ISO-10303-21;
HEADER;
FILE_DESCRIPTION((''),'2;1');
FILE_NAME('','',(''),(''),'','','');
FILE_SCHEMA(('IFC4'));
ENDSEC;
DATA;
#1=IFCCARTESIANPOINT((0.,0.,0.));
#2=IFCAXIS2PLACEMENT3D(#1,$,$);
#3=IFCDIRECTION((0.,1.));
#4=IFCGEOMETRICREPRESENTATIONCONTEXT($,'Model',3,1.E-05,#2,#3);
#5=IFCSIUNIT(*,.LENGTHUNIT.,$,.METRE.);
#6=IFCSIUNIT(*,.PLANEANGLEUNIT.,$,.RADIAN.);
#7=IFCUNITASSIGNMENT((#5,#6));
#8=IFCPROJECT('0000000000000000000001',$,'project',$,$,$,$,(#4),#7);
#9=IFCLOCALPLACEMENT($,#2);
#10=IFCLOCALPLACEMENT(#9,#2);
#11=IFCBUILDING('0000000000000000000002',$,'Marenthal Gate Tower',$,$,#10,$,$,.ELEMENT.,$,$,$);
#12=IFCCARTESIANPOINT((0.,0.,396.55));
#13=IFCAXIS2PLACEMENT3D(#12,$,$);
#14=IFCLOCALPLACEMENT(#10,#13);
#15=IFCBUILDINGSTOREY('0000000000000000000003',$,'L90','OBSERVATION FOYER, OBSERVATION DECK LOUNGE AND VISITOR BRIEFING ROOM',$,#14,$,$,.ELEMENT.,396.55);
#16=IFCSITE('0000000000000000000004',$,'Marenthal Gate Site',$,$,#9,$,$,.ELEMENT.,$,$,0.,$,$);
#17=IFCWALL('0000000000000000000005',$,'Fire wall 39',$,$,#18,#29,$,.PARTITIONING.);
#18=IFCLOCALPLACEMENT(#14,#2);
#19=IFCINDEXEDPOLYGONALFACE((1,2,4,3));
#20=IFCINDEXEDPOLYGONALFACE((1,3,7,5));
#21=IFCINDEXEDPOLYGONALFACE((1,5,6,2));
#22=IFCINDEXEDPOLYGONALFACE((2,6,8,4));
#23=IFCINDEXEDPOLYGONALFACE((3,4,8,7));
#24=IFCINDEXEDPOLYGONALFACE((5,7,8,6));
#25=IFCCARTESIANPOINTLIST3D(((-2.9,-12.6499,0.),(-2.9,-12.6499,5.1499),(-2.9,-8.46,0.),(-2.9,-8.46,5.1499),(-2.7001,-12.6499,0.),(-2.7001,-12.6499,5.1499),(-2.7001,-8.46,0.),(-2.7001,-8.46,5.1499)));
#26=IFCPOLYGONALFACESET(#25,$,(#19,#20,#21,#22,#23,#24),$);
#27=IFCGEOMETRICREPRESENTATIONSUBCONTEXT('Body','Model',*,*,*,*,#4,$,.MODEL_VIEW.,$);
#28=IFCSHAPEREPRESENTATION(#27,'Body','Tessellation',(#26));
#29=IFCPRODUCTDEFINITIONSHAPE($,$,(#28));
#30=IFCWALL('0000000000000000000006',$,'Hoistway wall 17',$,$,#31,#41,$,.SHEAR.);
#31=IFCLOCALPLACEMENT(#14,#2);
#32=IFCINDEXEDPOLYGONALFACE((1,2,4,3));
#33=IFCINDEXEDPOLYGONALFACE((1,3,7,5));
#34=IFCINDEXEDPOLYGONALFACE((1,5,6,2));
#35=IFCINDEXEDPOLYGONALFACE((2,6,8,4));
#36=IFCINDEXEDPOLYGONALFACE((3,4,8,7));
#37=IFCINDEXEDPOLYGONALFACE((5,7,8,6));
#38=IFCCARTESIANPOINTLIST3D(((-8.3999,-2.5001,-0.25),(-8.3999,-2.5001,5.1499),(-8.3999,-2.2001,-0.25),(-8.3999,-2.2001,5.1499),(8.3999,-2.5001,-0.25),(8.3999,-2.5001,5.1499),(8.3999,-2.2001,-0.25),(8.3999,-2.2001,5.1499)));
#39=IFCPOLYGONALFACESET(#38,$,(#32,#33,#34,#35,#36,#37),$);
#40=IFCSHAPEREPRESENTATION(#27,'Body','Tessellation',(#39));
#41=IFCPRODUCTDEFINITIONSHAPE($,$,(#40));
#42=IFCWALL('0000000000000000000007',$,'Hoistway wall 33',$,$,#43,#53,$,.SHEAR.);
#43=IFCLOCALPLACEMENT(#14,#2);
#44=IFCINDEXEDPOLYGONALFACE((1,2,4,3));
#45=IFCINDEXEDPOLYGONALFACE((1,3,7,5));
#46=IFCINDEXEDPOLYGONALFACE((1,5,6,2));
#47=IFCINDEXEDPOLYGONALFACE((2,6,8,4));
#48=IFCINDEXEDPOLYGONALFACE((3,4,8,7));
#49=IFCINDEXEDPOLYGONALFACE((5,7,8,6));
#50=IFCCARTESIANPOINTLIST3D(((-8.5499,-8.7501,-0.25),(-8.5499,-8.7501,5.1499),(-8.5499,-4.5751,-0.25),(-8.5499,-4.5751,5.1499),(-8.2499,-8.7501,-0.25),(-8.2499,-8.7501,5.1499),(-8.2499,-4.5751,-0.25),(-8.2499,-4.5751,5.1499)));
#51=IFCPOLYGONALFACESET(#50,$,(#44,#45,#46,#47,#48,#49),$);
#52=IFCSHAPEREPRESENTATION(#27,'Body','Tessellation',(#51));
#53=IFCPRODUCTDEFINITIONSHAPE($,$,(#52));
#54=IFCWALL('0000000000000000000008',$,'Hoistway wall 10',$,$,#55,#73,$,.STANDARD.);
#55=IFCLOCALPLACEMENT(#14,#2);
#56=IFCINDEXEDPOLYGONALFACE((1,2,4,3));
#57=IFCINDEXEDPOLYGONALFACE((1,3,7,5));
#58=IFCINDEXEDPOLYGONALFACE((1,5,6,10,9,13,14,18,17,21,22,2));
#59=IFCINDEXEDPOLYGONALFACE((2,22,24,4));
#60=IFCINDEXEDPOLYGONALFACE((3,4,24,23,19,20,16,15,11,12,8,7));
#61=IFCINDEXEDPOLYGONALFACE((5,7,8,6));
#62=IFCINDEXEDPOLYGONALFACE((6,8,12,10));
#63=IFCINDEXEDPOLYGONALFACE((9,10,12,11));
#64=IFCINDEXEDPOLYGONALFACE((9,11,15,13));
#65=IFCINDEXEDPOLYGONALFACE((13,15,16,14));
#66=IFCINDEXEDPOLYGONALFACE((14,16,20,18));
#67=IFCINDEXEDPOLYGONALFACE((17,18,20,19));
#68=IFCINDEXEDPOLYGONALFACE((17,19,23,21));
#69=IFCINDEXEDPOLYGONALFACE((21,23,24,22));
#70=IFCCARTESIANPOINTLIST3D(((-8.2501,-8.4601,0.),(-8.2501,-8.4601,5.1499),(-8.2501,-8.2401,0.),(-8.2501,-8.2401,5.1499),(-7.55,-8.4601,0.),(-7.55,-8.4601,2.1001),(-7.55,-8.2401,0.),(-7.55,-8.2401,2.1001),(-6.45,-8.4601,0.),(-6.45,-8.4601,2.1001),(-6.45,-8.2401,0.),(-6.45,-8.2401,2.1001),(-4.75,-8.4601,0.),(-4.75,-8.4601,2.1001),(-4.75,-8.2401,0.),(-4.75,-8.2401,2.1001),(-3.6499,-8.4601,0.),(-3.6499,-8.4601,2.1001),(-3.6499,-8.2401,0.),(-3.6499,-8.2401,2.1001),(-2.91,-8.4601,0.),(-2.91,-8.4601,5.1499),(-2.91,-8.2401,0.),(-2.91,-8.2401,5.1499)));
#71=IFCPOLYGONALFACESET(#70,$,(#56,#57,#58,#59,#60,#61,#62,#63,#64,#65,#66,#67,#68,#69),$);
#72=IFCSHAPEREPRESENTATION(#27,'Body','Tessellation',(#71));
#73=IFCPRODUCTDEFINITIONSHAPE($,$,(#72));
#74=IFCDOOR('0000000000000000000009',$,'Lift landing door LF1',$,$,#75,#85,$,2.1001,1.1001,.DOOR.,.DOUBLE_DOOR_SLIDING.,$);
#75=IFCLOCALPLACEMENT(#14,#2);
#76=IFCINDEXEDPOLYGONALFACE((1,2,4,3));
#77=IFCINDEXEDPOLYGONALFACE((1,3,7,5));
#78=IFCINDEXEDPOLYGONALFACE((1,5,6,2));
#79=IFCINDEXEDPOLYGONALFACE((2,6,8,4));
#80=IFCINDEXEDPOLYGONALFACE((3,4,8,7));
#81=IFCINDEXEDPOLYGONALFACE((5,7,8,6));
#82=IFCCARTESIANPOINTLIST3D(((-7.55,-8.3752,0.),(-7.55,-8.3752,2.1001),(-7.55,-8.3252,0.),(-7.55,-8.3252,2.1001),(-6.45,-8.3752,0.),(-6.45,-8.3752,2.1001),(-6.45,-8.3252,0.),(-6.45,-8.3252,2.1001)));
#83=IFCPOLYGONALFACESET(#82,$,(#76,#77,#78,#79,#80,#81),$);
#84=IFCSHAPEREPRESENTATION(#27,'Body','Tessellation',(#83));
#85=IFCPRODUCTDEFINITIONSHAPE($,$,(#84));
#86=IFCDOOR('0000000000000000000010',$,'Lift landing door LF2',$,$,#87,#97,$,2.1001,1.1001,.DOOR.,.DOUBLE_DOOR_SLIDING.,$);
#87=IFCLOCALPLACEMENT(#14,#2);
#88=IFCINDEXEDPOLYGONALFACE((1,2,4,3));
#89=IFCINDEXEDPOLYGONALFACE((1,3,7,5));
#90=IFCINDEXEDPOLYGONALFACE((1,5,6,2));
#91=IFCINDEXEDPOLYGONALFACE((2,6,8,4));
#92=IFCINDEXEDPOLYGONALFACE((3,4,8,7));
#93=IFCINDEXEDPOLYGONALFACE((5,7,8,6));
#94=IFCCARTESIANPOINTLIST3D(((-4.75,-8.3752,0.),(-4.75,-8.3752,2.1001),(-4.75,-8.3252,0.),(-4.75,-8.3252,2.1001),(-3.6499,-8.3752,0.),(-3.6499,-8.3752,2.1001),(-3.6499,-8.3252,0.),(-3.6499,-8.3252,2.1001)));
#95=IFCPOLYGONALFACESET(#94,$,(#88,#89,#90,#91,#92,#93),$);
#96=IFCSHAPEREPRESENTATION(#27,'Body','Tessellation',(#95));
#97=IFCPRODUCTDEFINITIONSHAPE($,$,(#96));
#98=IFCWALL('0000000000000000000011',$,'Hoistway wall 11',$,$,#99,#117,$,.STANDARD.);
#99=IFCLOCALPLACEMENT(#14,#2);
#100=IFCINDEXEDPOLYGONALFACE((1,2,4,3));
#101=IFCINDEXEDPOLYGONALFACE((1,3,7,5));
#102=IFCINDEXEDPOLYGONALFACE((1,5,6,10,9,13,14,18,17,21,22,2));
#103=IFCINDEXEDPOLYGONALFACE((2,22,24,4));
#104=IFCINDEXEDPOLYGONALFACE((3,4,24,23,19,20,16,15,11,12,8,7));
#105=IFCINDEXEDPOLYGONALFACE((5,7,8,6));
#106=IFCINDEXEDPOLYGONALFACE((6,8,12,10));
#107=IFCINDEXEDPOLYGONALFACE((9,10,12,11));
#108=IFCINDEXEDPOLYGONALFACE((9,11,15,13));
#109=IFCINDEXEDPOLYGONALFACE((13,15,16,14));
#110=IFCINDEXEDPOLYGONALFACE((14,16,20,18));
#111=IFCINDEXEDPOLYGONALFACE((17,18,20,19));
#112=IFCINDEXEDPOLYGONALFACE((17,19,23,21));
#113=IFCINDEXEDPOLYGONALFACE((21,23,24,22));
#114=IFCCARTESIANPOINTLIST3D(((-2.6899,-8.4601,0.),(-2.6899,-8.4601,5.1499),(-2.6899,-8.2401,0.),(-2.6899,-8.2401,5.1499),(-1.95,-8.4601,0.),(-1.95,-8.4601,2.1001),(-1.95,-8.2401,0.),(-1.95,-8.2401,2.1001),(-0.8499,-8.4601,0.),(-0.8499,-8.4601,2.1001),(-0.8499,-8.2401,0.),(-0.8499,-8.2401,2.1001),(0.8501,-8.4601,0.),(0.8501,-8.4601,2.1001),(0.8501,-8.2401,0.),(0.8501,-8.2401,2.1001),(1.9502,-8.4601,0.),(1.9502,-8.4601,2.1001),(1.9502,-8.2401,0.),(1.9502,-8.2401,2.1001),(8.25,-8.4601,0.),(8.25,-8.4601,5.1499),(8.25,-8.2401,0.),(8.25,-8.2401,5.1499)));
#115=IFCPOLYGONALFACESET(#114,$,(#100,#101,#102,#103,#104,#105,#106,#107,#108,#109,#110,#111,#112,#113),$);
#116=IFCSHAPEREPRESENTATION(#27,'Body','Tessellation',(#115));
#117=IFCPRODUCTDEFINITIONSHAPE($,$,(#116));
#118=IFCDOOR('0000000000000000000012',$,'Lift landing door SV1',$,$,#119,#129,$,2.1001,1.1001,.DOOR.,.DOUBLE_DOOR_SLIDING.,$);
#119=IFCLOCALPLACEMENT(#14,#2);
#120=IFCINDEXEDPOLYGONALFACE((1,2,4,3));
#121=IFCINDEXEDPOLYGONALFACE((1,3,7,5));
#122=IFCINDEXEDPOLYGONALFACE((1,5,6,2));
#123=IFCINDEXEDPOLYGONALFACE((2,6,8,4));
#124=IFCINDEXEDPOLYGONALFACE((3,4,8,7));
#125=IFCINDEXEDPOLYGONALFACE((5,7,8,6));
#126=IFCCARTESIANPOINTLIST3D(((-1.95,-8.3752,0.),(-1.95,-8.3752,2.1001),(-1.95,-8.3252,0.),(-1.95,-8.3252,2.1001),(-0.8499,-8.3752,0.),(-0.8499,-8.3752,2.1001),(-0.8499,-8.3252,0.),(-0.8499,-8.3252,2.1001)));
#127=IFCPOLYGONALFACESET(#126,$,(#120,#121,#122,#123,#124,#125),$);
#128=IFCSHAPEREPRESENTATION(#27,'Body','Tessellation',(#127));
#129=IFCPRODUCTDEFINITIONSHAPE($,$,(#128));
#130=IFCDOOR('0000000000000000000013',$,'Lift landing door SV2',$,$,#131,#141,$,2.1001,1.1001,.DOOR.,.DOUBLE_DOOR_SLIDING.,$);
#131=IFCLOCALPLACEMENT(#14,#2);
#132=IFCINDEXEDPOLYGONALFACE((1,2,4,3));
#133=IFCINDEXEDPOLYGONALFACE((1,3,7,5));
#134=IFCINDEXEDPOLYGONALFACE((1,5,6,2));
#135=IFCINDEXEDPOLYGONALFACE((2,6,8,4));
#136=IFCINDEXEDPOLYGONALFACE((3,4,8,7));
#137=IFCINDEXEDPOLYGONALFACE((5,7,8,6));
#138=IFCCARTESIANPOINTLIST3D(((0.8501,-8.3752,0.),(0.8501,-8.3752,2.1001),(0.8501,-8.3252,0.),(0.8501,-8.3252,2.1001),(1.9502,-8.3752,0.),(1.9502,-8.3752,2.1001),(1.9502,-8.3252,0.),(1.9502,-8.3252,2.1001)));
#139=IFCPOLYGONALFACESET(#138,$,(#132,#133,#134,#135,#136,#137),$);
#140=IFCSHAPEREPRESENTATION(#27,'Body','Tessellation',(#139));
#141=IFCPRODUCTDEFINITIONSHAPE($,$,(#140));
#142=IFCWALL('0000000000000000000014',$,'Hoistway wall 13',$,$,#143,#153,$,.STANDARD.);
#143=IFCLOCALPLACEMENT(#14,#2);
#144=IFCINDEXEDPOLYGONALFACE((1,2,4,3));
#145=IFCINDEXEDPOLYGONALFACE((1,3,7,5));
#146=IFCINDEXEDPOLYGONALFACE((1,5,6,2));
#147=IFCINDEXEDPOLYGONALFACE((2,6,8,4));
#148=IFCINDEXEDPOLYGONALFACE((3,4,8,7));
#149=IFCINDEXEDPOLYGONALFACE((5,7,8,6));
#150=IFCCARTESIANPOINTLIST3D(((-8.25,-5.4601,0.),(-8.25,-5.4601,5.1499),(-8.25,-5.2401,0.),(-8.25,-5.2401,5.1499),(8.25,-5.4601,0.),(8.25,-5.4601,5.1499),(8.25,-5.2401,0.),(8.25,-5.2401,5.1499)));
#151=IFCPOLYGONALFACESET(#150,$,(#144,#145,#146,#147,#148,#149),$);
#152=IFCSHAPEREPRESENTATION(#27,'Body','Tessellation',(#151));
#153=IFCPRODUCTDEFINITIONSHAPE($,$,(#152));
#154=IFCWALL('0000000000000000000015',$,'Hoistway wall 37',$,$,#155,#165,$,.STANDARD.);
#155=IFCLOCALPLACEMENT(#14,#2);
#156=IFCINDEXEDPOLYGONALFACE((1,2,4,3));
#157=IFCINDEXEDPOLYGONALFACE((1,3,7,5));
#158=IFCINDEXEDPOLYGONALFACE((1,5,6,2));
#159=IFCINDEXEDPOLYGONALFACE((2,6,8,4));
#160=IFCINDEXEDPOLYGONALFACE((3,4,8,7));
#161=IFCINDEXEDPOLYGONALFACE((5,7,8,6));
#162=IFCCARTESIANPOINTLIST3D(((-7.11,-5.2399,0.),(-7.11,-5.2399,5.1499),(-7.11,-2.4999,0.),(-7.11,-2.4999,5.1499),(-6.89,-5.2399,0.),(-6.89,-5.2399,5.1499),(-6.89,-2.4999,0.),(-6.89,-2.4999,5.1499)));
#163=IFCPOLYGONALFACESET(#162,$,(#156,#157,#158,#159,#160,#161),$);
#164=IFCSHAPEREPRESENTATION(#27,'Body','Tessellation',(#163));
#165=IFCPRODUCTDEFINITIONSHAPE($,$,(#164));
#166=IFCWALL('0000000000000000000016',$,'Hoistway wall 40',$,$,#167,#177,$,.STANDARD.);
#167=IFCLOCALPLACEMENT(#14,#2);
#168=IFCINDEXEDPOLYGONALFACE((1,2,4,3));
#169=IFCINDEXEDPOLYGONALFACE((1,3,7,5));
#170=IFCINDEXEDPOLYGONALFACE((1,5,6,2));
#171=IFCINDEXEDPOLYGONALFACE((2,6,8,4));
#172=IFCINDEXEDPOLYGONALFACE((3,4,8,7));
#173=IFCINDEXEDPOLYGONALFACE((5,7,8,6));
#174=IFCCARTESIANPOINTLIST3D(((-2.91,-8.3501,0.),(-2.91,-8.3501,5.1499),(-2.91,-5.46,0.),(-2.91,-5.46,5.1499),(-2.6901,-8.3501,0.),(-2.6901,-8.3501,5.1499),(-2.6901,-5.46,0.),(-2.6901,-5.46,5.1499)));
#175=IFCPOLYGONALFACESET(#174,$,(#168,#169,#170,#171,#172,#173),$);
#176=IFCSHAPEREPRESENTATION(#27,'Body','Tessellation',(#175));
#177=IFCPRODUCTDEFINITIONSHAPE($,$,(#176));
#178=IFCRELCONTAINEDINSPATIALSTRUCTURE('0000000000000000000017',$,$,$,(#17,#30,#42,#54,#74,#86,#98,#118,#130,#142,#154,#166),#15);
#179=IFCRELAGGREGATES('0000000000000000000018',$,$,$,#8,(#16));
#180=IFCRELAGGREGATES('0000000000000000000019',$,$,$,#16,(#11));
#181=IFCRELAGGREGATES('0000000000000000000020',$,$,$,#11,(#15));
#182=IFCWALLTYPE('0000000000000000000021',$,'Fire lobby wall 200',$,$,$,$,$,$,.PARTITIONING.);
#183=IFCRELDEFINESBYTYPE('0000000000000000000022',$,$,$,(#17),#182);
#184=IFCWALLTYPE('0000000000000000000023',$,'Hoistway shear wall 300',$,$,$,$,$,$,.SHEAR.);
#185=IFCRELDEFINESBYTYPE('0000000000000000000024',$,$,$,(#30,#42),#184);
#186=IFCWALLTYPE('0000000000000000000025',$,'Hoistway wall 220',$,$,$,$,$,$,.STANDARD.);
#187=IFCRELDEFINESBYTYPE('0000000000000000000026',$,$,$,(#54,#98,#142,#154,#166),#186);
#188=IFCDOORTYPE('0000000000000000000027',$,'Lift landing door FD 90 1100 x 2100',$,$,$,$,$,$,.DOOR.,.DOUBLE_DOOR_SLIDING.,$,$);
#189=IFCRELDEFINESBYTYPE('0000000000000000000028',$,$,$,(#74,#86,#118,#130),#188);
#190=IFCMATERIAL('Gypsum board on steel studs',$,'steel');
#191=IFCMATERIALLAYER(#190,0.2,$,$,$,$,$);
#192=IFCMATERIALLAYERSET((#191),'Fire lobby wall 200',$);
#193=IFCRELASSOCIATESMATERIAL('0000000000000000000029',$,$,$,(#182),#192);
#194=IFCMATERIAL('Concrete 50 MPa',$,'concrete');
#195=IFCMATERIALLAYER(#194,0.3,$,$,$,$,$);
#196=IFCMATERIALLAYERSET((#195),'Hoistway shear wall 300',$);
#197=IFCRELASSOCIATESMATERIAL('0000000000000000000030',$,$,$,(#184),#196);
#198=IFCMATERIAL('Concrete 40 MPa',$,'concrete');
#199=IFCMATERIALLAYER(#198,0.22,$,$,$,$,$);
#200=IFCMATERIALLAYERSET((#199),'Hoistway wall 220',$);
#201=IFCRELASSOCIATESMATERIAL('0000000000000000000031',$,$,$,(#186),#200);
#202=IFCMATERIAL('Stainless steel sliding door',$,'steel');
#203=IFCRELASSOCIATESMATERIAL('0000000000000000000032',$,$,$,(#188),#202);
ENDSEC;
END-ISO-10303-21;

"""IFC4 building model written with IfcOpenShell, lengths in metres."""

from ifc_helpers import new_model, si_unit, direction, frame, frame_2d, origin, place, context, subcontext, project, spatial, rectangle, extrude, material, layer, layer_set, type_object, element, fill, save


model = new_model("IFC4")

# Units and contexts
model_context = context("Model", 3, precision=1e-05, world=origin(), true_north=direction((0.0, 1.0)))
body_context = subcontext(model_context, "Body", "Model", "MODEL_VIEW")
ifc_project = project(units=[si_unit("LENGTHUNIT", "METRE"), si_unit("PLANEANGLEUNIT", "RADIAN")], contexts=[model_context])

# Site, building, storey
site_placement = place(None, origin())
site = spatial("IfcSite", under=ifc_project, at=site_placement, Name="Marenthal Gate Site", CompositionType="ELEMENT", RefElevation=0.0)
building_placement = place(site_placement, origin())
building = spatial("IfcBuilding", under=site, at=building_placement, Name="Marenthal Gate Tower", CompositionType="ELEMENT")
storey_placement = place(building_placement, frame((0.0, 0.0, 396.55)))
storey = spatial("IfcBuildingStorey", under=building, at=storey_placement, Name="L90", Description="OBSERVATION FOYER, OBSERVATION DECK LOUNGE AND VISITOR BRIEFING ROOM", CompositionType="ELEMENT", Elevation=396.55)

# Walls
ifc_material_1 = material(Name="Gypsum board on steel studs", Category="steel")
ifc_layer_1 = layer(ifc_material_1, 0.2)
ifc_layer_set_1 = layer_set([ifc_layer_1], Name="Fire lobby wall 200")
wall_type_1 = type_object("IfcWallType", Name="Fire lobby wall 200", PredefinedType="PARTITIONING", material=ifc_layer_set_1)
wall_1_placement = place(storey_placement, frame((-2.8, -12.6499, 0.0), z_axis=(0.0, 0.0, 1.0), x_axis=(0.0, 1.0, 0.0)))
element("IfcWall", 1, at=wall_1_placement, inside=storey, type_object=wall_type_1, Name="Fire wall 39", PredefinedType="PARTITIONING", context=body_context, shape_type="SweptSolid", body=[
    extrude(rectangle(XDim=4.1899, YDim=0.2, at=frame_2d((2.095, 0.0))), origin(), (0.0, 0.0, 1.0), 5.1499),
])
ifc_material_2 = material(Name="Concrete 50 MPa", Category="concrete")
ifc_layer_2 = layer(ifc_material_2, 0.3)
ifc_layer_set_2 = layer_set([ifc_layer_2], Name="Hoistway shear wall 300")
wall_type_2 = type_object("IfcWallType", Name="Hoistway shear wall 300", PredefinedType="SHEAR", material=ifc_layer_set_2)
wall_2_placement = place(storey_placement, frame((-8.3999, -2.3501, -0.25), z_axis=(0.0, 0.0, 1.0), x_axis=(1.0, 0.0, 0.0)))
element("IfcWall", 2, at=wall_2_placement, inside=storey, type_object=wall_type_2, Name="Hoistway wall 17", PredefinedType="SHEAR", context=body_context, shape_type="SweptSolid", body=[
    extrude(rectangle(XDim=16.7998, YDim=0.3, at=frame_2d((8.3999, 0.0))), origin(), (0.0, 0.0, 1.0), 5.3999),
])
wall_3_placement = place(storey_placement, frame((-8.3999, -8.75, -0.25), z_axis=(0.0, 0.0, 1.0), x_axis=(0.0, 1.0, 0.0)))
element("IfcWall", 3, at=wall_3_placement, inside=storey, type_object=wall_type_2, Name="Hoistway wall 33", PredefinedType="SHEAR", context=body_context, shape_type="SweptSolid", body=[
    extrude(rectangle(XDim=4.175, YDim=0.3, at=frame_2d((2.0874, 0.0))), origin(), (0.0, 0.0, 1.0), 5.3999),
])

# Walls, openings, doors
ifc_material_3 = material(Name="Concrete 40 MPa", Category="concrete")
ifc_layer_3 = layer(ifc_material_3, 0.22)
ifc_layer_set_3 = layer_set([ifc_layer_3], Name="Hoistway wall 220")
wall_type_3 = type_object("IfcWallType", Name="Hoistway wall 220", PredefinedType="STANDARD", material=ifc_layer_set_3)
wall_4_placement = place(storey_placement, frame((-8.25, -8.3501, 0.0), z_axis=(0.0, 0.0, 1.0), x_axis=(1.0, 0.0, 0.0)))
wall_4 = element("IfcWall", 4, at=wall_4_placement, inside=storey, type_object=wall_type_3, Name="Hoistway wall 10", PredefinedType="STANDARD", context=body_context, shape_type="SweptSolid", body=[
    extrude(rectangle(XDim=5.3401, YDim=0.22, at=frame_2d((2.6699, 0.0))), origin(), (0.0, 0.0, 1.0), 5.1499),
])
opening_1_placement = place(wall_4_placement, frame((0.7, 0.0, 0.0)))
opening_1 = element("IfcOpeningElement", 5, at=opening_1_placement, cuts=wall_4, PredefinedType="OPENING", context=body_context, shape_type="SweptSolid", body=[
    extrude(rectangle(XDim=1.1001, YDim=2.1001, at=frame_2d((0.55, 1.05))), frame((0.0, 0.1201, 0.0), z_axis=(0.0, -1.0, 0.0), x_axis=(1.0, 0.0, 0.0)), (0.0, 0.0, 1.0), 0.24),
])
opening_2_placement = place(wall_4_placement, frame((3.5, 0.0, 0.0)))
opening_2 = element("IfcOpeningElement", 6, at=opening_2_placement, cuts=wall_4, PredefinedType="OPENING", context=body_context, shape_type="SweptSolid", body=[
    extrude(rectangle(XDim=1.1001, YDim=2.1001, at=frame_2d((0.55, 1.05))), frame((0.0, 0.1201, 0.0), z_axis=(0.0, -1.0, 0.0), x_axis=(1.0, 0.0, 0.0)), (0.0, 0.0, 1.0), 0.24),
])
ifc_material_4 = material(Name="Stainless steel sliding door", Category="steel")
door_type_1 = type_object("IfcDoorType", Name="Lift landing door FD 90 1100 x 2100", OperationType="DOUBLE_DOOR_SLIDING", PredefinedType="DOOR", material=ifc_material_4)
door_1_placement = place(opening_1_placement, origin())
door_1 = element("IfcDoor", 7, at=door_1_placement, inside=storey, type_object=door_type_1, Name="Lift landing door LF1", OperationType="DOUBLE_DOOR_SLIDING", OverallHeight=2.1001, OverallWidth=1.1001, PredefinedType="DOOR", context=body_context, shape_type="SweptSolid", body=[
    extrude(rectangle(XDim=1.1001, YDim=2.1001, at=frame_2d((0.55, 1.05))), frame((0.0, 0.0249, 0.0), z_axis=(0.0, -1.0, 0.0), x_axis=(1.0, 0.0, 0.0)), (0.0, 0.0, 1.0), 0.05),
])
fill(opening_1, door_1)
door_2_placement = place(opening_2_placement, origin())
door_2 = element("IfcDoor", 8, at=door_2_placement, inside=storey, type_object=door_type_1, Name="Lift landing door LF2", OperationType="DOUBLE_DOOR_SLIDING", OverallHeight=2.1001, OverallWidth=1.1001, PredefinedType="DOOR", context=body_context, shape_type="SweptSolid", body=[
    extrude(rectangle(XDim=1.1001, YDim=2.1001, at=frame_2d((0.55, 1.05))), frame((0.0, 0.0249, 0.0), z_axis=(0.0, -1.0, 0.0), x_axis=(1.0, 0.0, 0.0)), (0.0, 0.0, 1.0), 0.05),
])
fill(opening_2, door_2)
wall_5_placement = place(storey_placement, frame((-2.6899, -8.3501, 0.0), z_axis=(0.0, 0.0, 1.0), x_axis=(1.0, 0.0, 0.0)))
wall_5 = element("IfcWall", 9, at=wall_5_placement, inside=storey, type_object=wall_type_3, Name="Hoistway wall 11", PredefinedType="STANDARD", context=body_context, shape_type="SweptSolid", body=[
    extrude(rectangle(XDim=10.9399, YDim=0.22, at=frame_2d((5.47, 0.0))), origin(), (0.0, 0.0, 1.0), 5.1499),
])
opening_3_placement = place(wall_5_placement, frame((0.74, 0.0, 0.0)))
opening_3 = element("IfcOpeningElement", 10, at=opening_3_placement, cuts=wall_5, PredefinedType="OPENING", context=body_context, shape_type="SweptSolid", body=[
    extrude(rectangle(XDim=1.1001, YDim=2.1001, at=frame_2d((0.55, 1.05))), frame((0.0, 0.1201, 0.0), z_axis=(0.0, -1.0, 0.0), x_axis=(1.0, 0.0, 0.0)), (0.0, 0.0, 1.0), 0.24),
])
opening_4_placement = place(wall_5_placement, frame((3.54, 0.0, 0.0)))
opening_4 = element("IfcOpeningElement", 11, at=opening_4_placement, cuts=wall_5, PredefinedType="OPENING", context=body_context, shape_type="SweptSolid", body=[
    extrude(rectangle(XDim=1.1001, YDim=2.1001, at=frame_2d((0.55, 1.05))), frame((0.0, 0.1201, 0.0), z_axis=(0.0, -1.0, 0.0), x_axis=(1.0, 0.0, 0.0)), (0.0, 0.0, 1.0), 0.24),
])
door_3_placement = place(opening_3_placement, origin())
door_3 = element("IfcDoor", 12, at=door_3_placement, inside=storey, type_object=door_type_1, Name="Lift landing door SV1", OperationType="DOUBLE_DOOR_SLIDING", OverallHeight=2.1001, OverallWidth=1.1001, PredefinedType="DOOR", context=body_context, shape_type="SweptSolid", body=[
    extrude(rectangle(XDim=1.1001, YDim=2.1001, at=frame_2d((0.55, 1.05))), frame((0.0, 0.0249, 0.0), z_axis=(0.0, -1.0, 0.0), x_axis=(1.0, 0.0, 0.0)), (0.0, 0.0, 1.0), 0.05),
])
fill(opening_3, door_3)
door_4_placement = place(opening_4_placement, origin())
door_4 = element("IfcDoor", 13, at=door_4_placement, inside=storey, type_object=door_type_1, Name="Lift landing door SV2", OperationType="DOUBLE_DOOR_SLIDING", OverallHeight=2.1001, OverallWidth=1.1001, PredefinedType="DOOR", context=body_context, shape_type="SweptSolid", body=[
    extrude(rectangle(XDim=1.1001, YDim=2.1001, at=frame_2d((0.55, 1.05))), frame((0.0, 0.0249, 0.0), z_axis=(0.0, -1.0, 0.0), x_axis=(1.0, 0.0, 0.0)), (0.0, 0.0, 1.0), 0.05),
])
fill(opening_4, door_4)

# Walls
wall_6_placement = place(storey_placement, frame((-8.25, -5.3501, 0.0), z_axis=(0.0, 0.0, 1.0), x_axis=(1.0, 0.0, 0.0)))
element("IfcWall", 14, at=wall_6_placement, inside=storey, type_object=wall_type_3, Name="Hoistway wall 13", PredefinedType="STANDARD", context=body_context, shape_type="SweptSolid", body=[
    extrude(rectangle(XDim=16.5, YDim=0.22, at=frame_2d((8.25, 0.0))), origin(), (0.0, 0.0, 1.0), 5.1499),
])
wall_7_placement = place(storey_placement, frame((-7.0, -5.24, 0.0), z_axis=(0.0, 0.0, 1.0), x_axis=(0.0, 1.0, 0.0)))
element("IfcWall", 15, at=wall_7_placement, inside=storey, type_object=wall_type_3, Name="Hoistway wall 37", PredefinedType="STANDARD", context=body_context, shape_type="SweptSolid", body=[
    extrude(rectangle(XDim=2.74, YDim=0.22, at=frame_2d((1.3701, 0.0))), origin(), (0.0, 0.0, 1.0), 5.1499),
])
wall_8_placement = place(storey_placement, frame((-2.8, -8.3501, 0.0), z_axis=(0.0, 0.0, 1.0), x_axis=(0.0, 1.0, 0.0)))
element("IfcWall", 16, at=wall_8_placement, inside=storey, type_object=wall_type_3, Name="Hoistway wall 40", PredefinedType="STANDARD", context=body_context, shape_type="SweptSolid", body=[
    extrude(rectangle(XDim=2.8901, YDim=0.22, at=frame_2d((1.4451, 0.0))), origin(), (0.0, 0.0, 1.0), 5.1499),
])

save(model, "model.ifc")
